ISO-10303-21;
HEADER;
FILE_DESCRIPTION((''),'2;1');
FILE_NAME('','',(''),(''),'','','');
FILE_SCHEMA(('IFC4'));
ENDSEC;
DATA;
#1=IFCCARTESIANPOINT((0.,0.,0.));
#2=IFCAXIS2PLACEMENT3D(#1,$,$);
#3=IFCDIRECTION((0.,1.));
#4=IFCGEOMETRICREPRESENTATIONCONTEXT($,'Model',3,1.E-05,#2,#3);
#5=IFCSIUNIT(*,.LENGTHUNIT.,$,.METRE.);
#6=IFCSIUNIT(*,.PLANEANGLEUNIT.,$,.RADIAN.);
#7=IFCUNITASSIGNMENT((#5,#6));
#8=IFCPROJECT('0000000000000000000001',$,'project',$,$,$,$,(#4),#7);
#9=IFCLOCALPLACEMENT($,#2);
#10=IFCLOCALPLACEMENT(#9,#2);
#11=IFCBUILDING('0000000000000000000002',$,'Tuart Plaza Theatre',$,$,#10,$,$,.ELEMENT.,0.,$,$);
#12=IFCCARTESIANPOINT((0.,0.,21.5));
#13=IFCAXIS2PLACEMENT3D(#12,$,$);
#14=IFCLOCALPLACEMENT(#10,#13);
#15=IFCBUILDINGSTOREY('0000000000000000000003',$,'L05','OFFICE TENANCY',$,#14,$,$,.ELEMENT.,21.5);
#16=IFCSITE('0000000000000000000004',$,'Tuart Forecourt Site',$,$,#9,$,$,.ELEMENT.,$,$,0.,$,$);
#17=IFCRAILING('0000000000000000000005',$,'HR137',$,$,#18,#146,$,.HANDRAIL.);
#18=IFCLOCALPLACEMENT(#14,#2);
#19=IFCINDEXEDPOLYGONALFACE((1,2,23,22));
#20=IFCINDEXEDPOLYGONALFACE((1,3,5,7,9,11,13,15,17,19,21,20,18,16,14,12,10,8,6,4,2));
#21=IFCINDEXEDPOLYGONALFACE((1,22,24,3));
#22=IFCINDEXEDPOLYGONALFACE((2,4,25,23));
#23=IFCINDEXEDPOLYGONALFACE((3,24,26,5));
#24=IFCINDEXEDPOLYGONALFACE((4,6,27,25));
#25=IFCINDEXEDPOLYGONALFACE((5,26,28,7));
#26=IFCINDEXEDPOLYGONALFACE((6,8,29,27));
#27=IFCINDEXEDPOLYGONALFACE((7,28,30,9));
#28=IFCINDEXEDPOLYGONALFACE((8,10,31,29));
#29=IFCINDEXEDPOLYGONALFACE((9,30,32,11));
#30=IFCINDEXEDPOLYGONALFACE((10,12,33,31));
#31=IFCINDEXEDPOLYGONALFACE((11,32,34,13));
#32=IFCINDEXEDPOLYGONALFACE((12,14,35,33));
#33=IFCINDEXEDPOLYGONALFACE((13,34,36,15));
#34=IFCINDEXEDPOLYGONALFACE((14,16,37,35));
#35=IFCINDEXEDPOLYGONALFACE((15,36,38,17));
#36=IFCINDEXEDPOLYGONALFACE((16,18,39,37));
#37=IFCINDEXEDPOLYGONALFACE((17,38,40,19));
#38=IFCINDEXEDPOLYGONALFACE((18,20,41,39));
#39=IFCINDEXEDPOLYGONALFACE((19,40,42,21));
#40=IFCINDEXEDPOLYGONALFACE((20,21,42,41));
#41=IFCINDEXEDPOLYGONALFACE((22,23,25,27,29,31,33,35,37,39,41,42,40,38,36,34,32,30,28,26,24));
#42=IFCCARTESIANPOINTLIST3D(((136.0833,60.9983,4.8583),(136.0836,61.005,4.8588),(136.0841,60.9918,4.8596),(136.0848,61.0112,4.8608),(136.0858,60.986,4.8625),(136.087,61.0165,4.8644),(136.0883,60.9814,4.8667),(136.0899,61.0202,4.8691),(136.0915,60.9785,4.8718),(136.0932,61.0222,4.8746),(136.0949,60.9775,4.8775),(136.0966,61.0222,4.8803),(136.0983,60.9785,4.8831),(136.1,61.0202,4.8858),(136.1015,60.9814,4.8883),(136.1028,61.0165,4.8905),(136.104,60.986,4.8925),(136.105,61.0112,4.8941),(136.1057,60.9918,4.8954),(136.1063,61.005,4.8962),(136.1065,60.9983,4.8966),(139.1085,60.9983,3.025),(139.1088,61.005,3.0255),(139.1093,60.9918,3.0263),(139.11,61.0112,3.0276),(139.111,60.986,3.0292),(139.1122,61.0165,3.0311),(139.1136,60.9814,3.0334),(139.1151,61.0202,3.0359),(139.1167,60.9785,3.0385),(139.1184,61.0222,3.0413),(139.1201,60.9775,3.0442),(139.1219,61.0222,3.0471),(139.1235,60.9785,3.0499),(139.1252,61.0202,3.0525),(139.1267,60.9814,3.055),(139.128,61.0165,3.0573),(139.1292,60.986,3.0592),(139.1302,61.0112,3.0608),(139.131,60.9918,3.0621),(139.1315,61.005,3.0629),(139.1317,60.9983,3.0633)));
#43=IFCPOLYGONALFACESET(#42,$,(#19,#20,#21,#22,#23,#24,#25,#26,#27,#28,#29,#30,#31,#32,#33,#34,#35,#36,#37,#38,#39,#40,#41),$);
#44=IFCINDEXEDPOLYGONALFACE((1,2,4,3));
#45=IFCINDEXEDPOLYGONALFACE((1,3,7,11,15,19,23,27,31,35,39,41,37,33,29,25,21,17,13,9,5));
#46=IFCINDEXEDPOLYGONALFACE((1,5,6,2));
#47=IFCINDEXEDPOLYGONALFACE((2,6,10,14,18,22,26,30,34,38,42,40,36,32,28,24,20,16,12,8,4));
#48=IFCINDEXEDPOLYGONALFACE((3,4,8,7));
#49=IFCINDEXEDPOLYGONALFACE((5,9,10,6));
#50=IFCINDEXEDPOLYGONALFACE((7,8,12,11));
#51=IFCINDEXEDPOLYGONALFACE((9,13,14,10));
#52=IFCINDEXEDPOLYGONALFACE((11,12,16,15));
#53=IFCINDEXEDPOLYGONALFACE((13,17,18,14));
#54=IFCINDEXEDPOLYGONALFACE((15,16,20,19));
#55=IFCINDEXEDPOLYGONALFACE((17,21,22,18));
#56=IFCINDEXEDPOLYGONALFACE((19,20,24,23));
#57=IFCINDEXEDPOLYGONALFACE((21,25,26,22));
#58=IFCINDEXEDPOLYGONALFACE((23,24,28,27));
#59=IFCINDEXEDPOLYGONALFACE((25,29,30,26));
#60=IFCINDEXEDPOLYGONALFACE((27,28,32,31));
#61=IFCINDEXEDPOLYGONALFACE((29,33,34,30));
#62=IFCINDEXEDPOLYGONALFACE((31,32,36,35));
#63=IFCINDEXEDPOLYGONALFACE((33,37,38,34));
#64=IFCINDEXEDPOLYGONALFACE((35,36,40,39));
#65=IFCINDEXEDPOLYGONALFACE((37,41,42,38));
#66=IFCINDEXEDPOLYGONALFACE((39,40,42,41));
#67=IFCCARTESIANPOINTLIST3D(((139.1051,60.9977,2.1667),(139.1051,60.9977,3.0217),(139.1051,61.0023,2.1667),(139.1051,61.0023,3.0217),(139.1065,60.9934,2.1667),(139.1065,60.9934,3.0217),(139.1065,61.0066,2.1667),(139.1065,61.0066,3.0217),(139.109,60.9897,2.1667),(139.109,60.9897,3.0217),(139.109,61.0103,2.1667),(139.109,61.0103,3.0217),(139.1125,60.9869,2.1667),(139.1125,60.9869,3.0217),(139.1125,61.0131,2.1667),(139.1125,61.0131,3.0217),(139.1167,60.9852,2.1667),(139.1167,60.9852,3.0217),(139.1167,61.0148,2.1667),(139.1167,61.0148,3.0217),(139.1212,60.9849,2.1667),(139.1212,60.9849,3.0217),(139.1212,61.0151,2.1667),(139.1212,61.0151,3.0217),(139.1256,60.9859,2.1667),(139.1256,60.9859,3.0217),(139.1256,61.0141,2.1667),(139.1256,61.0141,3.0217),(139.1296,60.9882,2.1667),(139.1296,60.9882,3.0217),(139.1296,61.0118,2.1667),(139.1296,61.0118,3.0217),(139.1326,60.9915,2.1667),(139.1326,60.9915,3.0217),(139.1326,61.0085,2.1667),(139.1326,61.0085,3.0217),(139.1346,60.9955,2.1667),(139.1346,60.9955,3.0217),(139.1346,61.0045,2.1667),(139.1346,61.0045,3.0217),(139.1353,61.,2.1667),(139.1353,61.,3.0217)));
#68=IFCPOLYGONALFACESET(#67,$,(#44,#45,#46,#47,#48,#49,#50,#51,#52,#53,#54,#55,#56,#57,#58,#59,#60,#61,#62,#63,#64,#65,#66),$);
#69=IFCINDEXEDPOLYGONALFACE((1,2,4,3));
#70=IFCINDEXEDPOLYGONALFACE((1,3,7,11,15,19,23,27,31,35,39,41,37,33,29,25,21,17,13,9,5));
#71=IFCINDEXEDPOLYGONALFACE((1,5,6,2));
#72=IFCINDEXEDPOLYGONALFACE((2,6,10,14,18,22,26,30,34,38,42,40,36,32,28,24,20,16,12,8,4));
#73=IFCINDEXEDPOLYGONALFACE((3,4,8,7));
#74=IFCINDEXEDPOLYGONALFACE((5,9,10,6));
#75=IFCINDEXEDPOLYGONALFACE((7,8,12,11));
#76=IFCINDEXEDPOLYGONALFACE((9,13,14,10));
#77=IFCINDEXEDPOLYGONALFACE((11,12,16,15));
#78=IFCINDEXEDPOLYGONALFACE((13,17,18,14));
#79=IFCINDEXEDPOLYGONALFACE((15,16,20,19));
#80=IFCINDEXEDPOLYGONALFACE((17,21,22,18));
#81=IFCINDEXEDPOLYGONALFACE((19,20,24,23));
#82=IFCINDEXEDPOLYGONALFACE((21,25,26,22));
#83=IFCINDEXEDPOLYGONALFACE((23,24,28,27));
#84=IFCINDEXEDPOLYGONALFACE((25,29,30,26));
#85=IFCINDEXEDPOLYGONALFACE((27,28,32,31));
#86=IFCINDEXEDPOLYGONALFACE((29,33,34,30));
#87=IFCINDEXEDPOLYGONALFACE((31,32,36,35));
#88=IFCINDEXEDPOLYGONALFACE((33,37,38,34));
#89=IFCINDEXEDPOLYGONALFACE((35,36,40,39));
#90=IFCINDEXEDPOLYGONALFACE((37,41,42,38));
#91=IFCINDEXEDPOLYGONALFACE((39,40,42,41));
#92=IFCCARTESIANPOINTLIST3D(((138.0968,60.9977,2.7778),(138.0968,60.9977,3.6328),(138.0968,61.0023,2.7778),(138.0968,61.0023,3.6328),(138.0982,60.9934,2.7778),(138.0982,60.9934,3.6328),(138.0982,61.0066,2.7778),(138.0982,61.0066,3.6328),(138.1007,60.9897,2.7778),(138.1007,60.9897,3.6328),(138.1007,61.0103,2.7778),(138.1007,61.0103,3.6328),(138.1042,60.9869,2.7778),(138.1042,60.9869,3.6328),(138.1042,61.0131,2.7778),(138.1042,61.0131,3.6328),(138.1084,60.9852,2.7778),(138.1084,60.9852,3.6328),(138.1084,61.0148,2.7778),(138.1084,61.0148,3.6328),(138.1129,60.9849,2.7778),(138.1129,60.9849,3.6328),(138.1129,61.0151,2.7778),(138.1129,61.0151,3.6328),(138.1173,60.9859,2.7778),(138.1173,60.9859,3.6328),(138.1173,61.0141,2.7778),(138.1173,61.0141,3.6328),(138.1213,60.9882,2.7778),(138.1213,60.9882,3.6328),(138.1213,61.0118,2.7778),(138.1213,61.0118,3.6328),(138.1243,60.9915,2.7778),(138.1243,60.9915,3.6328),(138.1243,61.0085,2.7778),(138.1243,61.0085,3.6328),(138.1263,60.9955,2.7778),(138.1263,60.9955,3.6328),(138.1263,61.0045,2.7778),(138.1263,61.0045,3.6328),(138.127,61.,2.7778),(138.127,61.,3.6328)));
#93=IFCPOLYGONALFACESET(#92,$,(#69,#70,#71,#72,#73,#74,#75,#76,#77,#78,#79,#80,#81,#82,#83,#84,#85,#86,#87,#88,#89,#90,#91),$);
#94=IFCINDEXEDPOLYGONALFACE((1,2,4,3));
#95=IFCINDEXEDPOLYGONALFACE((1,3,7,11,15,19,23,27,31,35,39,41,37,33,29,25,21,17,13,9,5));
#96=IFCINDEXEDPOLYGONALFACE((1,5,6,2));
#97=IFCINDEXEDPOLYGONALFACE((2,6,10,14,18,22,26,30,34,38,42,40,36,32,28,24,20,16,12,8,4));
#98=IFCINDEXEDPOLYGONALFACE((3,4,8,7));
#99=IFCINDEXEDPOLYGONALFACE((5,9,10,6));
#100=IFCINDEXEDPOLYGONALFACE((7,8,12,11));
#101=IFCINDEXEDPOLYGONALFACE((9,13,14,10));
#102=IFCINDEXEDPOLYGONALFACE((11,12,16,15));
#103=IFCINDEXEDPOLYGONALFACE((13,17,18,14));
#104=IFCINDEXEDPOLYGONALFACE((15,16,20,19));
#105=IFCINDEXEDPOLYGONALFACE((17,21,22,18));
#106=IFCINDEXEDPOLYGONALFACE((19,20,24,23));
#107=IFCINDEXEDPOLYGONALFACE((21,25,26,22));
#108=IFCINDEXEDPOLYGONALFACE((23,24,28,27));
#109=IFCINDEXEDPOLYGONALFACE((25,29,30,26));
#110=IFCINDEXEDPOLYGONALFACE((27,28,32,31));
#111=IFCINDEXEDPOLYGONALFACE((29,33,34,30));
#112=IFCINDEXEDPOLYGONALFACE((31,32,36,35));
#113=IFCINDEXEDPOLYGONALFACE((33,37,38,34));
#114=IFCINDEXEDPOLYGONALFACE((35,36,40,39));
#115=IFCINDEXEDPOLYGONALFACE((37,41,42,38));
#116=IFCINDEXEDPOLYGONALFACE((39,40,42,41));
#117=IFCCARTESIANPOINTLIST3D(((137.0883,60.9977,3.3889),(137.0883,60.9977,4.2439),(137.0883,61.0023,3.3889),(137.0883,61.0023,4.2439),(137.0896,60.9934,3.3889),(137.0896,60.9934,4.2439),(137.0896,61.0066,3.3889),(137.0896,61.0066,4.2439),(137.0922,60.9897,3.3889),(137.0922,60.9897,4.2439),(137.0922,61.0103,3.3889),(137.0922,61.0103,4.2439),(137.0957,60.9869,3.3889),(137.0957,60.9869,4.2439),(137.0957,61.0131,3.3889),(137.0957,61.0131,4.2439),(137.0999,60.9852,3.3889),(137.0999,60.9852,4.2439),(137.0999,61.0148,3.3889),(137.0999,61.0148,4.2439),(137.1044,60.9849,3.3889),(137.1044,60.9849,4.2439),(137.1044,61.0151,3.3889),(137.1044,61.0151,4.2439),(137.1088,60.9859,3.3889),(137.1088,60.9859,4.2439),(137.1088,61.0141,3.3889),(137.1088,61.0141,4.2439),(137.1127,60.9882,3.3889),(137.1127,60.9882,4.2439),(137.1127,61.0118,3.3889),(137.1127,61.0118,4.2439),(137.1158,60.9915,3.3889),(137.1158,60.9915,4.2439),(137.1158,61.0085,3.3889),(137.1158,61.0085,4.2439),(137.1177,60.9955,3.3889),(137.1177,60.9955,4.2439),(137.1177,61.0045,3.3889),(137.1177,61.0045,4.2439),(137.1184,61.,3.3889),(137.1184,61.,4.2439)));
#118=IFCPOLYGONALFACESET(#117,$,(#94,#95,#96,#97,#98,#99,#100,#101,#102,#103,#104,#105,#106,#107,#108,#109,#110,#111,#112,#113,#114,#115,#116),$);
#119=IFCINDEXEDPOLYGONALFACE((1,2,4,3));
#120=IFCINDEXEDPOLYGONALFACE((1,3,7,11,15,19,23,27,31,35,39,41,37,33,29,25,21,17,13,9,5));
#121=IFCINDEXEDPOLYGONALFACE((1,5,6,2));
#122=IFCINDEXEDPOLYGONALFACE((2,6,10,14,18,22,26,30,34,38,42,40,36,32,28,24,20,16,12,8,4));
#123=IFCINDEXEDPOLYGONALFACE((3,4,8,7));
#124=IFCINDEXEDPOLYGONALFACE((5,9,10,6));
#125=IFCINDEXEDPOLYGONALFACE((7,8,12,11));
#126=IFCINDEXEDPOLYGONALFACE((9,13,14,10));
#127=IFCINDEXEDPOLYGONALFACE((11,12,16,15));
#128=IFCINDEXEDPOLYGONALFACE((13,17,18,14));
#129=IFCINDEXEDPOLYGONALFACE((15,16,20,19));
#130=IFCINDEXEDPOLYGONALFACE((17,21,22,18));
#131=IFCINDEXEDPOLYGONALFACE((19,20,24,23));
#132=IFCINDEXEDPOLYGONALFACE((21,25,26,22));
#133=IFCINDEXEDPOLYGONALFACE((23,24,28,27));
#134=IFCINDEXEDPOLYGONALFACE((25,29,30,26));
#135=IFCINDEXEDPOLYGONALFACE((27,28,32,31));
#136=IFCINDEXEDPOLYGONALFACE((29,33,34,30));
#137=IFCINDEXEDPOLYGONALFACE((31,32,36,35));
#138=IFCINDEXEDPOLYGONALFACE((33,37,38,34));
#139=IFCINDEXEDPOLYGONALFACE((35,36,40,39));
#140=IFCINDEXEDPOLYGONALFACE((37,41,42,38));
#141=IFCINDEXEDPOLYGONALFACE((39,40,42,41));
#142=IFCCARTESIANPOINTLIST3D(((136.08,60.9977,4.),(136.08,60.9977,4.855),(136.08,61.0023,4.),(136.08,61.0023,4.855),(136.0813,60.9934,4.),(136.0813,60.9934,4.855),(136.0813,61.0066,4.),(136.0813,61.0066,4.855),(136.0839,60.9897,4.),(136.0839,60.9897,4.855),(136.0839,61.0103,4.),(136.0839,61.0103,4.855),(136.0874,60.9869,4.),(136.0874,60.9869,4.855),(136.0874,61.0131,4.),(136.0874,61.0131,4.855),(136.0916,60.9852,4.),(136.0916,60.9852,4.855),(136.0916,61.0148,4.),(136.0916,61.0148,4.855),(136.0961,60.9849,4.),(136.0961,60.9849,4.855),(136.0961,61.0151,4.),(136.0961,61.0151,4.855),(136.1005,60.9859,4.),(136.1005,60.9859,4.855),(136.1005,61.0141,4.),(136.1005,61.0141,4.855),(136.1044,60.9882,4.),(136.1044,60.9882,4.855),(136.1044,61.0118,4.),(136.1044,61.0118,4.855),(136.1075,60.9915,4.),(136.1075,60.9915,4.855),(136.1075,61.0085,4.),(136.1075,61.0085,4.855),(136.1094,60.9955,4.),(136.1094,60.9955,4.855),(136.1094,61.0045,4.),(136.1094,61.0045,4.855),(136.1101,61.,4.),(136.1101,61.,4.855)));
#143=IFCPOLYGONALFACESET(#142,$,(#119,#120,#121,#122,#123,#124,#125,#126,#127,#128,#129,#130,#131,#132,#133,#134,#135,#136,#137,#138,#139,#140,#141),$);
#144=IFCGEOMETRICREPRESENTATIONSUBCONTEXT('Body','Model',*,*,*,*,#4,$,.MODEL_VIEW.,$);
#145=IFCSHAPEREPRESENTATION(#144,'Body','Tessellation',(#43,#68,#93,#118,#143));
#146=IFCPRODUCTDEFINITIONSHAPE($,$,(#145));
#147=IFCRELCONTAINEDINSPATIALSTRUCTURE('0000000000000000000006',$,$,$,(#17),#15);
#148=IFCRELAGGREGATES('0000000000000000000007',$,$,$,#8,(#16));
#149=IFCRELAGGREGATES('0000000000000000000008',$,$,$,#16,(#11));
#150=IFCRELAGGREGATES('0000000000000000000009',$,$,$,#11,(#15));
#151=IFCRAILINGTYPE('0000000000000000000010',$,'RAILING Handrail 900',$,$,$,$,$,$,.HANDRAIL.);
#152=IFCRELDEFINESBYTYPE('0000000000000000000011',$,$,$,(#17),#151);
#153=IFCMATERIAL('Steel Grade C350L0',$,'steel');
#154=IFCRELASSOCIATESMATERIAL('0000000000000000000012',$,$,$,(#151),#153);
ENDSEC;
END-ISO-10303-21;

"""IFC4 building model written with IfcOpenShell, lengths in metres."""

from ifc_helpers import new_model, si_unit, direction, frame, origin, origin_2d, place, context, subcontext, project, spatial, circle, extrude, material, type_object, element, save


model = new_model("IFC4")

# Units and contexts
model_context = context("Model", 3, precision=1e-05, world=origin(), true_north=direction((0.0, 1.0)))
body_context = subcontext(model_context, "Body", "Model", "MODEL_VIEW")
ifc_project = project(units=[si_unit("LENGTHUNIT", "METRE"), si_unit("PLANEANGLEUNIT", "RADIAN")], contexts=[model_context])

# Site, building, storey
site_placement = place(None, origin())
site = spatial("IfcSite", under=ifc_project, at=site_placement, Name="Tuart Forecourt Site", CompositionType="ELEMENT", RefElevation=0.0)
building_placement = place(site_placement, origin())
building = spatial("IfcBuilding", under=site, at=building_placement, Name="Tuart Plaza Theatre", CompositionType="ELEMENT", ElevationOfRefHeight=0.0)
storey_placement = place(building_placement, frame((0.0, 0.0, 21.5)))
storey = spatial("IfcBuildingStorey", under=building, at=storey_placement, Name="L05", Description="OFFICE TENANCY", CompositionType="ELEMENT", Elevation=21.5)

# Railing
ifc_material_1 = material(Name="Steel Grade C350L0", Category="steel")
railing_type_1 = type_object("IfcRailingType", Name="RAILING Handrail 900", PredefinedType="HANDRAIL", material=ifc_material_1)
for number, where, name in (
    (1, (139.1201, 61.0, 2.1667), "HR137"),
):
    element("IfcRailing", number, at=place(storey_placement, frame(where)), inside=storey, type_object=railing_type_1, Name=name, PredefinedType="HANDRAIL", context=body_context, shape_type="SweptSolid", body=[
        extrude(circle(Radius=0.0225, at=origin_2d()), frame((0.0, 0.0, 0.8774), z_axis=(-0.855219, 0.0, 0.518267), x_axis=(0.0, -1.0, 0.0)), (0.0, 0.0, 1.0), 3.5374),
        extrude(circle(Radius=0.0151, at=origin_2d()), origin(), (0.0, 0.0, 1.0), 0.855),
        extrude(circle(Radius=0.0151, at=origin_2d()), frame((-1.0083, 0.0, 0.6111)), (0.0, 0.0, 1.0), 0.855),
        extrude(circle(Radius=0.0151, at=origin_2d()), frame((-2.0168, 0.0, 1.2222)), (0.0, 0.0, 1.0), 0.855),
        extrude(circle(Radius=0.0151, at=origin_2d()), frame((-3.0251, 0.0, 1.8333)), (0.0, 0.0, 1.0), 0.855),
    ])

save(model, "model.ifc")
